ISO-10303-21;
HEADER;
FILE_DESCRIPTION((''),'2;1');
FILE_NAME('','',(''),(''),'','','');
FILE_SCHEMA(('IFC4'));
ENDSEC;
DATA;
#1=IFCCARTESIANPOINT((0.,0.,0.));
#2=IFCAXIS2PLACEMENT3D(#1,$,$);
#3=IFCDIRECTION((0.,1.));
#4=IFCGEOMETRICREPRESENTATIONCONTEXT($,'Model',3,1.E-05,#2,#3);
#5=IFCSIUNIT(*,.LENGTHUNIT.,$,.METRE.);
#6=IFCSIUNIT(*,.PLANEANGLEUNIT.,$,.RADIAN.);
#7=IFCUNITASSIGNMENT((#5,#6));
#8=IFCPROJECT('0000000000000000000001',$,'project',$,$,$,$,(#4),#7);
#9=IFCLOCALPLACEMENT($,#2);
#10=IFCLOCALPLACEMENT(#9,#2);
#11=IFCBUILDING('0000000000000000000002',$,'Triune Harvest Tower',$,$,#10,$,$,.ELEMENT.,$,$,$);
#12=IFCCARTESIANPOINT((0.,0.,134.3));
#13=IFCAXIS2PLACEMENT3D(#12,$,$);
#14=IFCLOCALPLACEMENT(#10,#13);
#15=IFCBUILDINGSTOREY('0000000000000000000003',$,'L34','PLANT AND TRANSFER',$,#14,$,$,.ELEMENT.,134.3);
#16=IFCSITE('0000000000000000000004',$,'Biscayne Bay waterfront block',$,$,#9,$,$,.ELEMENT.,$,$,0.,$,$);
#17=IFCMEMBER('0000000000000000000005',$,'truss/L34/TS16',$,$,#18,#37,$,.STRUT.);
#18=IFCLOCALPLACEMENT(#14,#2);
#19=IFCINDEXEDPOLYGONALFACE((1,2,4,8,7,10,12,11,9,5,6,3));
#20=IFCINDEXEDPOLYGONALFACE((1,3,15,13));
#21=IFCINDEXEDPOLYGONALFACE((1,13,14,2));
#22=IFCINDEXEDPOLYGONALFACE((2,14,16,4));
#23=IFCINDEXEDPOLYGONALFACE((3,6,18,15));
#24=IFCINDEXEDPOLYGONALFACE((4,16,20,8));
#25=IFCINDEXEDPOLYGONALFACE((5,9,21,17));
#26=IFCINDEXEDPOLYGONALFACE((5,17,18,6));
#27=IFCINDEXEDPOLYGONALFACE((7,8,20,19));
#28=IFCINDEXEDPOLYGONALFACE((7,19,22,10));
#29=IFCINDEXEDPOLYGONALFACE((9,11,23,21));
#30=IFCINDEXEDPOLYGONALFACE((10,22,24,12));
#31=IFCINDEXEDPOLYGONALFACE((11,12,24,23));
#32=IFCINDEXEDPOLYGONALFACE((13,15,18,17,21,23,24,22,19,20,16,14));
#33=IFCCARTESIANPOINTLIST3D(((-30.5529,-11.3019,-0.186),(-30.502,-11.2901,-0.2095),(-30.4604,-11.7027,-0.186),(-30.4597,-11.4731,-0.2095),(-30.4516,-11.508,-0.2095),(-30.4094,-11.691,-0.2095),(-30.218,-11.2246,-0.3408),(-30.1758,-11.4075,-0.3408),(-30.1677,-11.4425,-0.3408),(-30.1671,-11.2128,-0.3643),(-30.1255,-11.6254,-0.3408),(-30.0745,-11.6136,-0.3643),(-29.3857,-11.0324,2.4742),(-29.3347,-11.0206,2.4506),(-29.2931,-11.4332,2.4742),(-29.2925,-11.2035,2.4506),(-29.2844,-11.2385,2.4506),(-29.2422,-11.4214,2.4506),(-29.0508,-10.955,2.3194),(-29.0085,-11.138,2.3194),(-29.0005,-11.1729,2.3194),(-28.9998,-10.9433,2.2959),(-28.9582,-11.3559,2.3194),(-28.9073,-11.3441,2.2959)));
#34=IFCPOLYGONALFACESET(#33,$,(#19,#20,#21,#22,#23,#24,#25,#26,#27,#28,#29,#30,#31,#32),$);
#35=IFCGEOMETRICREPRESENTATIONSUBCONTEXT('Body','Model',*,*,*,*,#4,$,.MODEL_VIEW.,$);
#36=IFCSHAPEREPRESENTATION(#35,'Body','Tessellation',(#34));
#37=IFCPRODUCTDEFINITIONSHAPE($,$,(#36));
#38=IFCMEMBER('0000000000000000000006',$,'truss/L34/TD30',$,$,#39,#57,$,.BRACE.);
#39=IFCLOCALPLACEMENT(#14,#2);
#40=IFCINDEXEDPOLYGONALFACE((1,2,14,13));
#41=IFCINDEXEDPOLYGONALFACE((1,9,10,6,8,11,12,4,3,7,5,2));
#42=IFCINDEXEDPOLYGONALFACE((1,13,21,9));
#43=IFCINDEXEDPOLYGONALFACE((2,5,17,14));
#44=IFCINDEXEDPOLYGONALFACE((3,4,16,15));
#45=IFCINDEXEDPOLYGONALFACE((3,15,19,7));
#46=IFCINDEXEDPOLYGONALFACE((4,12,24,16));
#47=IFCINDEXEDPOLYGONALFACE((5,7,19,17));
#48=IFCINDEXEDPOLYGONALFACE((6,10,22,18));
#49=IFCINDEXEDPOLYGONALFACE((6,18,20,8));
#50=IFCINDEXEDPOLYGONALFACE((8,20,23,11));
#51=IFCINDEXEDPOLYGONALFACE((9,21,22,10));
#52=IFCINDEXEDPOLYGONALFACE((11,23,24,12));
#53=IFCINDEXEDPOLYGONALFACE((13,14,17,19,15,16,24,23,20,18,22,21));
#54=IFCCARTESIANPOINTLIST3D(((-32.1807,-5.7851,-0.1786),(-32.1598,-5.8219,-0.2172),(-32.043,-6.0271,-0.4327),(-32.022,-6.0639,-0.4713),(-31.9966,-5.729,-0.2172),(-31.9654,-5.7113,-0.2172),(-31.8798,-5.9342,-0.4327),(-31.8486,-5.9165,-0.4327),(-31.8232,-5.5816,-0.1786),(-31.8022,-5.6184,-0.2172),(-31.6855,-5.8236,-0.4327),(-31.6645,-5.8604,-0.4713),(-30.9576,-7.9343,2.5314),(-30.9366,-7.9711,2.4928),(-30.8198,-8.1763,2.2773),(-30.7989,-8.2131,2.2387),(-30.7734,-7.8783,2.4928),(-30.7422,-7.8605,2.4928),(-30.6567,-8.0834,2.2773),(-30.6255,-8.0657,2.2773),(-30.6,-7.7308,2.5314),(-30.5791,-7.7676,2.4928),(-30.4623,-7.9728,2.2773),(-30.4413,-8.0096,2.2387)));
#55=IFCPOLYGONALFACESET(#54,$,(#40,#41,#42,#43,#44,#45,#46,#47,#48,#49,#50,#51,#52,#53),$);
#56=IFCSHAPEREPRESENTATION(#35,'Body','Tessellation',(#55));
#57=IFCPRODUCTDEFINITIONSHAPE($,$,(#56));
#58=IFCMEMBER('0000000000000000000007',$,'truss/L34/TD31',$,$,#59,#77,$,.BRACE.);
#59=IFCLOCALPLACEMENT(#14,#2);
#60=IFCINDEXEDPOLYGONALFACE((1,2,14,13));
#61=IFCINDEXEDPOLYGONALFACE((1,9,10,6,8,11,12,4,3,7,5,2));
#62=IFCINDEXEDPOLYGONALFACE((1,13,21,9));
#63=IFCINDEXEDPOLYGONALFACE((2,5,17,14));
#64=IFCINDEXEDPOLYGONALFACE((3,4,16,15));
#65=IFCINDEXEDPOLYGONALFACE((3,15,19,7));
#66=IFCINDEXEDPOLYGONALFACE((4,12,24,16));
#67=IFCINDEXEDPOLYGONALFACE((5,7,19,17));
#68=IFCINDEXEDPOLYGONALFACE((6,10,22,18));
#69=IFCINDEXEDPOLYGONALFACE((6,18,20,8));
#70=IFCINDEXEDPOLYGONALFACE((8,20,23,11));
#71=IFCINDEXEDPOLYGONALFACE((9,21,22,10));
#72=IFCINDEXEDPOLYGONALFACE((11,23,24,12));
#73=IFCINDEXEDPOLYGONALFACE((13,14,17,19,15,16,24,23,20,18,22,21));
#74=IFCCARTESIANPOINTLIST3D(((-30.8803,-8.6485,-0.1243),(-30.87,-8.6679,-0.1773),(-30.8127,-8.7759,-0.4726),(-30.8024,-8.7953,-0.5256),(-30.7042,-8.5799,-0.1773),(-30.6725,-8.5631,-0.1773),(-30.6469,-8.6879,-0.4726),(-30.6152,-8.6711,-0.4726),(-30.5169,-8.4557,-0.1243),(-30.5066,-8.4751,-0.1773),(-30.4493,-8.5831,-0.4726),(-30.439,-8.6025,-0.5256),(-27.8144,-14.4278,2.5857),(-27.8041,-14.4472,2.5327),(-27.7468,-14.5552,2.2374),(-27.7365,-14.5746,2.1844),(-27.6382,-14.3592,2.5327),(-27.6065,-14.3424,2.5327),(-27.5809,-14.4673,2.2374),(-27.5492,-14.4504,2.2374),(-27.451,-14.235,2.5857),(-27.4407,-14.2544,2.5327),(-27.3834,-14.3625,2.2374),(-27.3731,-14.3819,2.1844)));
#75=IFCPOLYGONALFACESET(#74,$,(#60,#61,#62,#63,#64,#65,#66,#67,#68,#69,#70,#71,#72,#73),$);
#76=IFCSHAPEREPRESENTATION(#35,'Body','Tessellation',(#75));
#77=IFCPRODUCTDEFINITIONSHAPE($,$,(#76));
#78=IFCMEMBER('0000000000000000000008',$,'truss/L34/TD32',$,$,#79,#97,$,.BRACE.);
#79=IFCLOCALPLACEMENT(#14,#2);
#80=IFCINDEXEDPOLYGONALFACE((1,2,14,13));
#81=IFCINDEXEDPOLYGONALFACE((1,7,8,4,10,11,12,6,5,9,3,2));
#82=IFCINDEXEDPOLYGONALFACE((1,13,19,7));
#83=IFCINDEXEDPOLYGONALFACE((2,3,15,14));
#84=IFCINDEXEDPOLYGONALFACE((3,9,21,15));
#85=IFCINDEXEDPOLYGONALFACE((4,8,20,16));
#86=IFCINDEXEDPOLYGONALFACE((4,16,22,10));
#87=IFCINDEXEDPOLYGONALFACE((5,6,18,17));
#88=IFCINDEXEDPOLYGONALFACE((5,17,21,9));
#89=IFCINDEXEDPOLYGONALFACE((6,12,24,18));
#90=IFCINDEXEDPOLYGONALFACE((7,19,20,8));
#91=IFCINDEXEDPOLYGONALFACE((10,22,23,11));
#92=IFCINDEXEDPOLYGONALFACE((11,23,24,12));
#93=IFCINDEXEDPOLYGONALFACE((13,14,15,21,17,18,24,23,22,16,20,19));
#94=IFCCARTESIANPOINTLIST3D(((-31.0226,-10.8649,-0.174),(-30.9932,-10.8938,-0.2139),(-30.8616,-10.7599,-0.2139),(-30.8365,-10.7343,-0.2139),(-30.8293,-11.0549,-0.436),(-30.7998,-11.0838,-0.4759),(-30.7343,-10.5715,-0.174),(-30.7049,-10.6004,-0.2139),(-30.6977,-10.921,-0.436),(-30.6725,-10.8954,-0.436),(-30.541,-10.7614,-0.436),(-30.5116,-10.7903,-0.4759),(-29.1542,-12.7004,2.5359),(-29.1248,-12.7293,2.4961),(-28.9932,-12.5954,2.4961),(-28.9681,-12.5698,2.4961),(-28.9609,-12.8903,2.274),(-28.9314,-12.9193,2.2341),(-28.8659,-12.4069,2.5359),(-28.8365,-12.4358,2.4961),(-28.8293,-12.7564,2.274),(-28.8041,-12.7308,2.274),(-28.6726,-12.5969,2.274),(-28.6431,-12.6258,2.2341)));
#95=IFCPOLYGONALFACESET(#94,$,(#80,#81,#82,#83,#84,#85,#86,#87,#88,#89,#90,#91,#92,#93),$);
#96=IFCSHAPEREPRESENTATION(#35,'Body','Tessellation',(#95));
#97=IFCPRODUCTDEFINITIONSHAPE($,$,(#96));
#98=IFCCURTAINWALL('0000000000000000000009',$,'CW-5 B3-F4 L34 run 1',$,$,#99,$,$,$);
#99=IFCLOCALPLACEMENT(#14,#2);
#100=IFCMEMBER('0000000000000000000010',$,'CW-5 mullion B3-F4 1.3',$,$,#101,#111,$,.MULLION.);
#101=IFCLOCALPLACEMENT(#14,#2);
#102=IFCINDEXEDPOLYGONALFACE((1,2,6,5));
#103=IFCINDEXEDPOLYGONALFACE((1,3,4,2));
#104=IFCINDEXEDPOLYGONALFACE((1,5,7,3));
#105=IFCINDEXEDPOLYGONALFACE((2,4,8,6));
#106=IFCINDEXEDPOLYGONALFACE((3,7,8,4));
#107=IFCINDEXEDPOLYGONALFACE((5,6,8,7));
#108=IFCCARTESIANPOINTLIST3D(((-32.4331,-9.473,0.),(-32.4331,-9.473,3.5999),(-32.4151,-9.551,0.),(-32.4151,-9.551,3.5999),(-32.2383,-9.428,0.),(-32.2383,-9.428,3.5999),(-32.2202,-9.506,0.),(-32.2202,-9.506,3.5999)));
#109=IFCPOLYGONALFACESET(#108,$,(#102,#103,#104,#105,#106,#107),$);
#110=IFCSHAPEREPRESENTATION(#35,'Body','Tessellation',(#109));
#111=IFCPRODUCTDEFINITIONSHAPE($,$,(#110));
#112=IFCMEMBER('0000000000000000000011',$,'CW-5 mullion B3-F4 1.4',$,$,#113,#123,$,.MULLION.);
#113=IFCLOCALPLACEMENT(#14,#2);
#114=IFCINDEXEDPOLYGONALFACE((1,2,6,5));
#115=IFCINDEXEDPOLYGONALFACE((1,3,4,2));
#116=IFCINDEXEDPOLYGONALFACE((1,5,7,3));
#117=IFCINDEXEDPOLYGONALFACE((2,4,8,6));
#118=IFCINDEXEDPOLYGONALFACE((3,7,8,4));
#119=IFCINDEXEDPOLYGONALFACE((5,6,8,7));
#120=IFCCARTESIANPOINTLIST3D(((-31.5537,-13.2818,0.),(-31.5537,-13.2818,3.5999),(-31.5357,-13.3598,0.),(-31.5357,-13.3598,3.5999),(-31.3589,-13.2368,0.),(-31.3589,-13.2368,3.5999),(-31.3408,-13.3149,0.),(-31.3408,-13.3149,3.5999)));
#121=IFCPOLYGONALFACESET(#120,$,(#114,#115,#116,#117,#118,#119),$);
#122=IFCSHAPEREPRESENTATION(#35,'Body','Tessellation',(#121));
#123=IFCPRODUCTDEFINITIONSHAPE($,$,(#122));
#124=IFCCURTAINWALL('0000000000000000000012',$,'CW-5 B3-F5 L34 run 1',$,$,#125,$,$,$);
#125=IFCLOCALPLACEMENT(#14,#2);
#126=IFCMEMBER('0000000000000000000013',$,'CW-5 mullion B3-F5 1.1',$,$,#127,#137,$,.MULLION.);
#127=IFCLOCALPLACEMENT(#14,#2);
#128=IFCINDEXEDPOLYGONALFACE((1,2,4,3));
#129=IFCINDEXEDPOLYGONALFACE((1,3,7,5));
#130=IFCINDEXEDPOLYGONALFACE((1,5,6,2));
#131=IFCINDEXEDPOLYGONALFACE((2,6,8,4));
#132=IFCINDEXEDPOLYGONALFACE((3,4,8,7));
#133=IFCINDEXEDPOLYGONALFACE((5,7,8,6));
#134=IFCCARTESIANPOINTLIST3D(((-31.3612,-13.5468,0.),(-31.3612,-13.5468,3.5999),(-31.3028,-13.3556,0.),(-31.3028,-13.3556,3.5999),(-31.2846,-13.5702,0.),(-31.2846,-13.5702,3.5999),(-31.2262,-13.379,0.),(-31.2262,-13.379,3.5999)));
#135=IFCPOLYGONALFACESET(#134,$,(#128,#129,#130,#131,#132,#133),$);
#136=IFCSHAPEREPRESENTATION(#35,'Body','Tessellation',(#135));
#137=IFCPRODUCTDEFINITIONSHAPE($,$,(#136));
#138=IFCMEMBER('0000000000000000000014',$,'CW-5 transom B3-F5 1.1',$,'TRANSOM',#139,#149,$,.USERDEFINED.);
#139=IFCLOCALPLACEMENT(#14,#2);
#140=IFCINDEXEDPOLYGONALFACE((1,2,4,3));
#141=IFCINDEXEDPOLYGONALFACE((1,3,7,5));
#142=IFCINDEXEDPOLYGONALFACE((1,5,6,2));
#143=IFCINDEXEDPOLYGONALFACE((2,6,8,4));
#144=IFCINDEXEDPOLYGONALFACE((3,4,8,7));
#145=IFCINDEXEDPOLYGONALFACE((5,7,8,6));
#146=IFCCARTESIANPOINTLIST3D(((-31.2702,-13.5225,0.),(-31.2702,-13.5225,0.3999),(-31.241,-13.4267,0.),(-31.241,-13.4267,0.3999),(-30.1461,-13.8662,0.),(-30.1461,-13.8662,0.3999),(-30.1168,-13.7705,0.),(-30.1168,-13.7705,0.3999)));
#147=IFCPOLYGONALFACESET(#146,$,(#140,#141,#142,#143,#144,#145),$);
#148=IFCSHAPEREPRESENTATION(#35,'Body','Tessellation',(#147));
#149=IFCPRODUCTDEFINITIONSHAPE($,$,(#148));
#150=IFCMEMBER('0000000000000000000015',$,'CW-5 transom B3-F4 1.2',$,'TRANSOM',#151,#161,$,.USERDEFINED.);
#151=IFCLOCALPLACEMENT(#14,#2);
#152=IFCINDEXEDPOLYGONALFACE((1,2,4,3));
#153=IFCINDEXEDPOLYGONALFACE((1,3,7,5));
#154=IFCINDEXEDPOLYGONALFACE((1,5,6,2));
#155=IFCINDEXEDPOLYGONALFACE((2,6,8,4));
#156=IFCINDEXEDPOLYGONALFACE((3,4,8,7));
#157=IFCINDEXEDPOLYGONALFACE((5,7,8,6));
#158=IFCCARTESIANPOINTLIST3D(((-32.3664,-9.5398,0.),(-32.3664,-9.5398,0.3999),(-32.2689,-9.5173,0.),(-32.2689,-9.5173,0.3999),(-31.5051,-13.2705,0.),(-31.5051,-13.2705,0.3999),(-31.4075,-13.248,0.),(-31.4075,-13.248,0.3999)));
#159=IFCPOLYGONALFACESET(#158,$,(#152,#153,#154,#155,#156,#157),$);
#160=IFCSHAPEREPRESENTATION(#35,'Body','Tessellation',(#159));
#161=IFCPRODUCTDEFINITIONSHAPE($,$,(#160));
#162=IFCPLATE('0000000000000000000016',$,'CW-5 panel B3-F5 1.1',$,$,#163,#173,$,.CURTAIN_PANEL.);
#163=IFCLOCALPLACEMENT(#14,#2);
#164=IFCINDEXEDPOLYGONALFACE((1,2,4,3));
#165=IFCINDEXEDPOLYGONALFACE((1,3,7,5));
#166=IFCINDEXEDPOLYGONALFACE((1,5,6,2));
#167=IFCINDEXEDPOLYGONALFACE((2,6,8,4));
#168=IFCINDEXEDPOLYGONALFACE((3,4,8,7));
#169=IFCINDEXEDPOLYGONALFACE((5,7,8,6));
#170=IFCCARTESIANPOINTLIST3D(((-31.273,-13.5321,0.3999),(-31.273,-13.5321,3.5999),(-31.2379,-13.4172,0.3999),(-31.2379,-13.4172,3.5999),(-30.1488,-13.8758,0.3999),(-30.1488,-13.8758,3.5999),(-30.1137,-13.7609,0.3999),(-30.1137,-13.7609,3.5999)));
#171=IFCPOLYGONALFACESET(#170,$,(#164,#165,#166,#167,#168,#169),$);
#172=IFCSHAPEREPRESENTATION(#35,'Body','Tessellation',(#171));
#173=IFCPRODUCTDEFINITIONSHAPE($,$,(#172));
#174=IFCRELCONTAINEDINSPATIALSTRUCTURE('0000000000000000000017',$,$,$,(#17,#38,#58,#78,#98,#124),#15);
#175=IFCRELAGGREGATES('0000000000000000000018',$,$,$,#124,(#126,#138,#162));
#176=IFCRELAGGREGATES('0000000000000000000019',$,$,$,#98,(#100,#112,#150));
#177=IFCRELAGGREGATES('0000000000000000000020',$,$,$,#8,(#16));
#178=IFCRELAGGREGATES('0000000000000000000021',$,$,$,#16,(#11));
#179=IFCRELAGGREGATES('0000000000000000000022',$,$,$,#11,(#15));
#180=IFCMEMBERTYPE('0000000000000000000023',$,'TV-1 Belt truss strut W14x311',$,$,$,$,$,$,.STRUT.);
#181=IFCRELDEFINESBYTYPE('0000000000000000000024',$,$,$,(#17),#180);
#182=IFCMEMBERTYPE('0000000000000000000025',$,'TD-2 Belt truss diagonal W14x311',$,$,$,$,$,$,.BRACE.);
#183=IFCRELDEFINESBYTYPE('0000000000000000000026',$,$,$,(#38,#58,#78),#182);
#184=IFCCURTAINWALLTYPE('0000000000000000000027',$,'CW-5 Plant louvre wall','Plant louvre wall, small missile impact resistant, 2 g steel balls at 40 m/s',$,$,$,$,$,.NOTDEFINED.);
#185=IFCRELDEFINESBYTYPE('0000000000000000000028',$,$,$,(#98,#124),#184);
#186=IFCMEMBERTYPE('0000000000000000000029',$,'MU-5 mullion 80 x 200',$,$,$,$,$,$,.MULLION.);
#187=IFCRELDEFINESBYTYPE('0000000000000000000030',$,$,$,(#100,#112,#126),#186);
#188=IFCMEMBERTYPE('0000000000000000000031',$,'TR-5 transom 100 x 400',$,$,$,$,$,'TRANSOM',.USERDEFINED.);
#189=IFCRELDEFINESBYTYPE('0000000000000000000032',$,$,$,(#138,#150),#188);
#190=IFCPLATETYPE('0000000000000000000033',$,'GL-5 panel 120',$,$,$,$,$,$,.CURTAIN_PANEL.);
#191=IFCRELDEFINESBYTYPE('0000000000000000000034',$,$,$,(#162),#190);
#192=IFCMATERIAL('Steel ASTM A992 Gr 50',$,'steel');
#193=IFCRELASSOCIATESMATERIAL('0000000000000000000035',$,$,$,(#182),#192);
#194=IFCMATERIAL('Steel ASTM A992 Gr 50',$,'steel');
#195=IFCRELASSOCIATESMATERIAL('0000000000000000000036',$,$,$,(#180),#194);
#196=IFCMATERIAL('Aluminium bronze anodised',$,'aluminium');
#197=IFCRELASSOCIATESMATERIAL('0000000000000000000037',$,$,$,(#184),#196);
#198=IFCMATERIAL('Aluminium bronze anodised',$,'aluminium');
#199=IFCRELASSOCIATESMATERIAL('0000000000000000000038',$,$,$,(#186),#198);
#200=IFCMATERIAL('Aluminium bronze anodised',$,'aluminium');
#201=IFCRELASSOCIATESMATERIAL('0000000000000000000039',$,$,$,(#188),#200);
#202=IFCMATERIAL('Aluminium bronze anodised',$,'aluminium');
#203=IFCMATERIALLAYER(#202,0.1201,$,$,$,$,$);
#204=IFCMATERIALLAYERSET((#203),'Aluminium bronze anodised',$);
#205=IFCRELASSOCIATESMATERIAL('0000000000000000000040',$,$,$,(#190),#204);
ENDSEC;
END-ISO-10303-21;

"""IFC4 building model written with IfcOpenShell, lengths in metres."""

from ifc_helpers import new_model, si_unit, direction, frame, origin, origin_2d, place, context, subcontext, project, spatial, rectangle, i_section, extrude, source, transform, mapped, material, layer, layer_set, material_profile, profile_set, type_object, element, aggregate, save


model = new_model("IFC4")

# Units and contexts
model_context = context("Model", 3, precision=1e-05, world=origin(), true_north=direction((0.0, 1.0)))
body_context = subcontext(model_context, "Body", "Model", "MODEL_VIEW")
ifc_project = project(units=[si_unit("LENGTHUNIT", "METRE"), si_unit("PLANEANGLEUNIT", "RADIAN")], contexts=[model_context])

# Site, building, storey
site_placement = place(None, origin())
site = spatial("IfcSite", under=ifc_project, at=site_placement, Name="Biscayne Bay waterfront block", CompositionType="ELEMENT", RefElevation=0.0)
building_placement = place(site_placement, origin())
building = spatial("IfcBuilding", under=site, at=building_placement, Name="Triune Harvest Tower", CompositionType="ELEMENT")
storey_placement = place(building_placement, frame((0.0, 0.0, 134.3)))
storey = spatial("IfcBuildingStorey", under=building, at=storey_placement, Name="L34", Description="PLANT AND TRANSFER", CompositionType="ELEMENT", Elevation=134.3)

# Shared definitions
ifc_material_1 = material(Name="Steel ASTM A992 Gr 50", Category="steel")
ifc_material_profile_1 = material_profile(ifc_material_1, i_section(OverallWidth=0.4114, OverallDepth=0.4343, WebThickness=0.0359, FlangeThickness=0.0574, at=origin_2d()), Name="W14x311")
ifc_profile_set_1 = profile_set([ifc_material_profile_1], Name="Steel ASTM A992 Gr 50")
member_type_1 = type_object("IfcMemberType", Name="TD-2 Belt truss diagonal W14x311", PredefinedType="BRACE", material=ifc_profile_set_1)

# Members
ifc_material_2 = material(Name="Steel ASTM A992 Gr 50", Category="steel")
ifc_material_profile_2 = material_profile(ifc_material_2, i_section(OverallWidth=0.4114, OverallDepth=0.4343, WebThickness=0.0359, FlangeThickness=0.0574, at=origin_2d()), Name="W14x311")
ifc_profile_set_2 = profile_set([ifc_material_profile_2], Name="Steel ASTM A992 Gr 50")
member_type_2 = type_object("IfcMemberType", Name="TV-1 Belt truss strut W14x311", PredefinedType="STRUT", material=ifc_profile_set_2)
shared_shape_1 = source(origin(), body_context, "Body", "SweptSolid", [
    extrude(i_section(OverallWidth=0.4114, OverallDepth=0.4343, WebThickness=0.0359, FlangeThickness=0.0574, at=origin_2d()), origin(), (0.0, 0.0, 1.0), 2.9175),
])
member_1_placement = place(storey_placement, frame((-30.3137, -11.4578, -0.2751), z_axis=(0.400088, 0.092386, 0.911808), x_axis=(-0.224993, 0.97436, 0.0)))
element("IfcMember", 1, at=member_1_placement, inside=storey, type_object=member_type_2, Name="truss/L34/TS16", PredefinedType="STRUT", context=body_context, shape_type="MappedRepresentation", body=[
    mapped(shared_shape_1, transform((0.0, 0.0, 0.0), scale=1.0)),
])
shared_shape_2 = source(origin(), body_context, "Body", "SweptSolid", [
    extrude(i_section(OverallWidth=0.4114, OverallDepth=0.4343, WebThickness=0.0359, FlangeThickness=0.0574, at=origin_2d()), origin(), (0.0, 0.0, 1.0), 3.6687),
])
member_2_placement = place(storey_placement, frame((-31.9226, -5.8228, -0.325), z_axis=(0.333406, -0.585822, 0.738683), x_axis=(0.869105, 0.494628, 0.0)))
element("IfcMember", 2, at=member_2_placement, inside=storey, type_object=member_type_1, Name="truss/L34/TD30", PredefinedType="BRACE", context=body_context, shape_type="MappedRepresentation", body=[
    mapped(shared_shape_2, transform((0.0, 0.0, 0.0), scale=1.0)),
])
shared_shape_3 = source(origin(), body_context, "Body", "SweptSolid", [
    extrude(i_section(OverallWidth=0.4114, OverallDepth=0.4343, WebThickness=0.0359, FlangeThickness=0.0574, at=origin_2d()), origin(), (0.0, 0.0, 1.0), 7.0813),
])
member_3_placement = place(storey_placement, frame((-30.6597, -8.6255, -0.325), z_axis=(0.432963, -0.816141, 0.382696), x_axis=(0.88339, 0.468639, 0.0)))
element("IfcMember", 3, at=member_3_placement, inside=storey, type_object=member_type_1, Name="truss/L34/TD31", PredefinedType="BRACE", context=body_context, shape_type="MappedRepresentation", body=[
    mapped(shared_shape_3, transform((0.0, 0.0, 0.0), scale=1.0)),
])
shared_shape_4 = source(origin(), body_context, "Body", "SweptSolid", [
    extrude(i_section(OverallWidth=0.4114, OverallDepth=0.4343, WebThickness=0.0359, FlangeThickness=0.0574, at=origin_2d()), origin(), (0.0, 0.0, 1.0), 3.7688),
])
member_4_placement = place(storey_placement, frame((-30.7671, -10.8276, -0.325), z_axis=(0.495759, -0.487014, 0.719055), x_axis=(0.700787, 0.713371, 0.0)))
element("IfcMember", 4, at=member_4_placement, inside=storey, type_object=member_type_1, Name="truss/L34/TD32", PredefinedType="BRACE", context=body_context, shape_type="MappedRepresentation", body=[
    mapped(shared_shape_4, transform((0.0, 0.0, 0.0), scale=1.0)),
])

# Curtain walls, members
ifc_material_3 = material(Name="Aluminium bronze anodised", Category="aluminium")
curtain_wall_type = type_object("IfcCurtainWallType", Name="CW-5 Plant louvre wall", Description="Plant louvre wall, small missile impact resistant, 2 g steel balls at 40 m/s", PredefinedType="NOTDEFINED", material=ifc_material_3)
curtain_wall_1_placement = place(storey_placement, origin())
curtain_wall_1 = element("IfcCurtainWall", 5, at=curtain_wall_1_placement, inside=storey, type_object=curtain_wall_type, Name="CW-5 B3-F4 L34 run 1")
ifc_material_4 = material(Name="Aluminium bronze anodised", Category="aluminium")
ifc_material_profile_3 = material_profile(ifc_material_4, rectangle(XDim=0.2, YDim=0.0801, at=origin_2d()), Name="MU-5 mullion 80 x 200")
ifc_profile_set_3 = profile_set([ifc_material_profile_3], Name="Aluminium bronze anodised")
member_type_3 = type_object("IfcMemberType", Name="MU-5 mullion 80 x 200", PredefinedType="MULLION", material=ifc_profile_set_3)
shared_shape_5 = source(origin(), body_context, "Body", "SweptSolid", [
    extrude(rectangle(XDim=0.2, YDim=0.0801, at=origin_2d()), origin(), (0.0, 0.0, 1.0), 3.5999),
])
member_5_placement = place(storey_placement, frame((-32.3267, -9.4895, 0.0), z_axis=(0.0, 0.0, 1.0), x_axis=(0.974371, 0.224947, 0.0)))
member_5 = element("IfcMember", 6, at=member_5_placement, type_object=member_type_3, Name="CW-5 mullion B3-F4 1.3", PredefinedType="MULLION", context=body_context, shape_type="MappedRepresentation", body=[
    mapped(shared_shape_5, transform((0.0, 0.0, 0.0), scale=1.0)),
])
member_6_placement = place(storey_placement, frame((-31.4473, -13.2983, 0.0), z_axis=(0.0, 0.0, 1.0), x_axis=(0.974371, 0.224947, 0.0)))
member_6 = element("IfcMember", 7, at=member_6_placement, type_object=member_type_3, Name="CW-5 mullion B3-F4 1.4", PredefinedType="MULLION", context=body_context, shape_type="MappedRepresentation", body=[
    mapped(shared_shape_5, transform((0.0, 0.0, 0.0), scale=1.0)),
])
curtain_wall_2_placement = place(storey_placement, origin())
curtain_wall_2 = element("IfcCurtainWall", 8, at=curtain_wall_2_placement, inside=storey, type_object=curtain_wall_type, Name="CW-5 B3-F5 L34 run 1")
member_7_placement = place(storey_placement, frame((-31.2937, -13.4629, 0.0), z_axis=(0.0, 0.0, 1.0), x_axis=(0.292407, 0.956294, 0.0)))
member_7 = element("IfcMember", 9, at=member_7_placement, type_object=member_type_3, Name="CW-5 mullion B3-F5 1.1", PredefinedType="MULLION", context=body_context, shape_type="MappedRepresentation", body=[
    mapped(shared_shape_5, transform((0.0, 0.0, 0.0), scale=1.0)),
])
ifc_material_5 = material(Name="Aluminium bronze anodised", Category="aluminium")
ifc_material_profile_4 = material_profile(ifc_material_5, rectangle(XDim=0.1001, YDim=0.3999, at=origin_2d()), Name="TR-5 transom 100 x 400")
ifc_profile_set_4 = profile_set([ifc_material_profile_4], Name="Aluminium bronze anodised")
member_type_4 = type_object("IfcMemberType", Name="TR-5 transom 100 x 400", ElementType="TRANSOM", PredefinedType="USERDEFINED", material=ifc_profile_set_4)
shared_shape_6 = source(origin(), body_context, "Body", "SweptSolid", [
    extrude(rectangle(XDim=0.1001, YDim=0.3999, at=origin_2d()), origin(), (0.0, 0.0, 1.0), 1.1755),
])
member_8_placement = place(storey_placement, frame((-31.2556, -13.4746, 0.2), z_axis=(0.956298, -0.292393, 0.0), x_axis=(0.292393, 0.956298, 0.0)))
member_8 = element("IfcMember", 10, at=member_8_placement, type_object=member_type_4, Name="CW-5 transom B3-F5 1.1", ObjectType="TRANSOM", PredefinedType="USERDEFINED", context=body_context, shape_type="MappedRepresentation", body=[
    mapped(shared_shape_6, transform((0.0, 0.0, 0.0), scale=1.0)),
])

# Member
shared_shape_7 = source(origin(), body_context, "Body", "SweptSolid", [
    extrude(rectangle(XDim=0.1001, YDim=0.3999, at=origin_2d()), origin(), (0.0, 0.0, 1.0), 3.8289),
])
member_9_placement = place(storey_placement, frame((-32.3176, -9.5286, 0.2), z_axis=(0.224957, -0.974369, 0.0), x_axis=(0.974369, 0.224957, 0.0)))
member_9 = element("IfcMember", 11, at=member_9_placement, type_object=member_type_4, Name="CW-5 transom B3-F4 1.2", ObjectType="TRANSOM", PredefinedType="USERDEFINED", context=body_context, shape_type="MappedRepresentation", body=[
    mapped(shared_shape_7, transform((0.0, 0.0, 0.0), scale=1.0)),
])

# Plate
ifc_material_6 = material(Name="Aluminium bronze anodised", Category="aluminium")
ifc_layer = layer(ifc_material_6, 0.1201)
ifc_layer_set = layer_set([ifc_layer], Name="Aluminium bronze anodised")
plate_type = type_object("IfcPlateType", Name="GL-5 panel 120", PredefinedType="CURTAIN_PANEL", material=ifc_layer_set)
shared_shape_8 = source(origin(), body_context, "Body", "SweptSolid", [
    extrude(rectangle(XDim=1.1755, YDim=0.1201, at=origin_2d()), origin(), (0.0, 0.0, 1.0), 3.2),
])
plate_1_placement = place(storey_placement, frame((-30.6934, -13.6465, 0.3999), z_axis=(0.0, 0.0, 1.0), x_axis=(0.956294, -0.292407, 0.0)))
plate_1 = element("IfcPlate", 12, at=plate_1_placement, type_object=plate_type, Name="CW-5 panel B3-F5 1.1", PredefinedType="CURTAIN_PANEL", context=body_context, shape_type="MappedRepresentation", body=[
    mapped(shared_shape_8, transform((0.0, 0.0, 0.0), scale=1.0)),
])
aggregate(curtain_wall_2, [member_7, member_8, plate_1])
aggregate(curtain_wall_1, [member_5, member_6, member_9])

save(model, "model.ifc")
